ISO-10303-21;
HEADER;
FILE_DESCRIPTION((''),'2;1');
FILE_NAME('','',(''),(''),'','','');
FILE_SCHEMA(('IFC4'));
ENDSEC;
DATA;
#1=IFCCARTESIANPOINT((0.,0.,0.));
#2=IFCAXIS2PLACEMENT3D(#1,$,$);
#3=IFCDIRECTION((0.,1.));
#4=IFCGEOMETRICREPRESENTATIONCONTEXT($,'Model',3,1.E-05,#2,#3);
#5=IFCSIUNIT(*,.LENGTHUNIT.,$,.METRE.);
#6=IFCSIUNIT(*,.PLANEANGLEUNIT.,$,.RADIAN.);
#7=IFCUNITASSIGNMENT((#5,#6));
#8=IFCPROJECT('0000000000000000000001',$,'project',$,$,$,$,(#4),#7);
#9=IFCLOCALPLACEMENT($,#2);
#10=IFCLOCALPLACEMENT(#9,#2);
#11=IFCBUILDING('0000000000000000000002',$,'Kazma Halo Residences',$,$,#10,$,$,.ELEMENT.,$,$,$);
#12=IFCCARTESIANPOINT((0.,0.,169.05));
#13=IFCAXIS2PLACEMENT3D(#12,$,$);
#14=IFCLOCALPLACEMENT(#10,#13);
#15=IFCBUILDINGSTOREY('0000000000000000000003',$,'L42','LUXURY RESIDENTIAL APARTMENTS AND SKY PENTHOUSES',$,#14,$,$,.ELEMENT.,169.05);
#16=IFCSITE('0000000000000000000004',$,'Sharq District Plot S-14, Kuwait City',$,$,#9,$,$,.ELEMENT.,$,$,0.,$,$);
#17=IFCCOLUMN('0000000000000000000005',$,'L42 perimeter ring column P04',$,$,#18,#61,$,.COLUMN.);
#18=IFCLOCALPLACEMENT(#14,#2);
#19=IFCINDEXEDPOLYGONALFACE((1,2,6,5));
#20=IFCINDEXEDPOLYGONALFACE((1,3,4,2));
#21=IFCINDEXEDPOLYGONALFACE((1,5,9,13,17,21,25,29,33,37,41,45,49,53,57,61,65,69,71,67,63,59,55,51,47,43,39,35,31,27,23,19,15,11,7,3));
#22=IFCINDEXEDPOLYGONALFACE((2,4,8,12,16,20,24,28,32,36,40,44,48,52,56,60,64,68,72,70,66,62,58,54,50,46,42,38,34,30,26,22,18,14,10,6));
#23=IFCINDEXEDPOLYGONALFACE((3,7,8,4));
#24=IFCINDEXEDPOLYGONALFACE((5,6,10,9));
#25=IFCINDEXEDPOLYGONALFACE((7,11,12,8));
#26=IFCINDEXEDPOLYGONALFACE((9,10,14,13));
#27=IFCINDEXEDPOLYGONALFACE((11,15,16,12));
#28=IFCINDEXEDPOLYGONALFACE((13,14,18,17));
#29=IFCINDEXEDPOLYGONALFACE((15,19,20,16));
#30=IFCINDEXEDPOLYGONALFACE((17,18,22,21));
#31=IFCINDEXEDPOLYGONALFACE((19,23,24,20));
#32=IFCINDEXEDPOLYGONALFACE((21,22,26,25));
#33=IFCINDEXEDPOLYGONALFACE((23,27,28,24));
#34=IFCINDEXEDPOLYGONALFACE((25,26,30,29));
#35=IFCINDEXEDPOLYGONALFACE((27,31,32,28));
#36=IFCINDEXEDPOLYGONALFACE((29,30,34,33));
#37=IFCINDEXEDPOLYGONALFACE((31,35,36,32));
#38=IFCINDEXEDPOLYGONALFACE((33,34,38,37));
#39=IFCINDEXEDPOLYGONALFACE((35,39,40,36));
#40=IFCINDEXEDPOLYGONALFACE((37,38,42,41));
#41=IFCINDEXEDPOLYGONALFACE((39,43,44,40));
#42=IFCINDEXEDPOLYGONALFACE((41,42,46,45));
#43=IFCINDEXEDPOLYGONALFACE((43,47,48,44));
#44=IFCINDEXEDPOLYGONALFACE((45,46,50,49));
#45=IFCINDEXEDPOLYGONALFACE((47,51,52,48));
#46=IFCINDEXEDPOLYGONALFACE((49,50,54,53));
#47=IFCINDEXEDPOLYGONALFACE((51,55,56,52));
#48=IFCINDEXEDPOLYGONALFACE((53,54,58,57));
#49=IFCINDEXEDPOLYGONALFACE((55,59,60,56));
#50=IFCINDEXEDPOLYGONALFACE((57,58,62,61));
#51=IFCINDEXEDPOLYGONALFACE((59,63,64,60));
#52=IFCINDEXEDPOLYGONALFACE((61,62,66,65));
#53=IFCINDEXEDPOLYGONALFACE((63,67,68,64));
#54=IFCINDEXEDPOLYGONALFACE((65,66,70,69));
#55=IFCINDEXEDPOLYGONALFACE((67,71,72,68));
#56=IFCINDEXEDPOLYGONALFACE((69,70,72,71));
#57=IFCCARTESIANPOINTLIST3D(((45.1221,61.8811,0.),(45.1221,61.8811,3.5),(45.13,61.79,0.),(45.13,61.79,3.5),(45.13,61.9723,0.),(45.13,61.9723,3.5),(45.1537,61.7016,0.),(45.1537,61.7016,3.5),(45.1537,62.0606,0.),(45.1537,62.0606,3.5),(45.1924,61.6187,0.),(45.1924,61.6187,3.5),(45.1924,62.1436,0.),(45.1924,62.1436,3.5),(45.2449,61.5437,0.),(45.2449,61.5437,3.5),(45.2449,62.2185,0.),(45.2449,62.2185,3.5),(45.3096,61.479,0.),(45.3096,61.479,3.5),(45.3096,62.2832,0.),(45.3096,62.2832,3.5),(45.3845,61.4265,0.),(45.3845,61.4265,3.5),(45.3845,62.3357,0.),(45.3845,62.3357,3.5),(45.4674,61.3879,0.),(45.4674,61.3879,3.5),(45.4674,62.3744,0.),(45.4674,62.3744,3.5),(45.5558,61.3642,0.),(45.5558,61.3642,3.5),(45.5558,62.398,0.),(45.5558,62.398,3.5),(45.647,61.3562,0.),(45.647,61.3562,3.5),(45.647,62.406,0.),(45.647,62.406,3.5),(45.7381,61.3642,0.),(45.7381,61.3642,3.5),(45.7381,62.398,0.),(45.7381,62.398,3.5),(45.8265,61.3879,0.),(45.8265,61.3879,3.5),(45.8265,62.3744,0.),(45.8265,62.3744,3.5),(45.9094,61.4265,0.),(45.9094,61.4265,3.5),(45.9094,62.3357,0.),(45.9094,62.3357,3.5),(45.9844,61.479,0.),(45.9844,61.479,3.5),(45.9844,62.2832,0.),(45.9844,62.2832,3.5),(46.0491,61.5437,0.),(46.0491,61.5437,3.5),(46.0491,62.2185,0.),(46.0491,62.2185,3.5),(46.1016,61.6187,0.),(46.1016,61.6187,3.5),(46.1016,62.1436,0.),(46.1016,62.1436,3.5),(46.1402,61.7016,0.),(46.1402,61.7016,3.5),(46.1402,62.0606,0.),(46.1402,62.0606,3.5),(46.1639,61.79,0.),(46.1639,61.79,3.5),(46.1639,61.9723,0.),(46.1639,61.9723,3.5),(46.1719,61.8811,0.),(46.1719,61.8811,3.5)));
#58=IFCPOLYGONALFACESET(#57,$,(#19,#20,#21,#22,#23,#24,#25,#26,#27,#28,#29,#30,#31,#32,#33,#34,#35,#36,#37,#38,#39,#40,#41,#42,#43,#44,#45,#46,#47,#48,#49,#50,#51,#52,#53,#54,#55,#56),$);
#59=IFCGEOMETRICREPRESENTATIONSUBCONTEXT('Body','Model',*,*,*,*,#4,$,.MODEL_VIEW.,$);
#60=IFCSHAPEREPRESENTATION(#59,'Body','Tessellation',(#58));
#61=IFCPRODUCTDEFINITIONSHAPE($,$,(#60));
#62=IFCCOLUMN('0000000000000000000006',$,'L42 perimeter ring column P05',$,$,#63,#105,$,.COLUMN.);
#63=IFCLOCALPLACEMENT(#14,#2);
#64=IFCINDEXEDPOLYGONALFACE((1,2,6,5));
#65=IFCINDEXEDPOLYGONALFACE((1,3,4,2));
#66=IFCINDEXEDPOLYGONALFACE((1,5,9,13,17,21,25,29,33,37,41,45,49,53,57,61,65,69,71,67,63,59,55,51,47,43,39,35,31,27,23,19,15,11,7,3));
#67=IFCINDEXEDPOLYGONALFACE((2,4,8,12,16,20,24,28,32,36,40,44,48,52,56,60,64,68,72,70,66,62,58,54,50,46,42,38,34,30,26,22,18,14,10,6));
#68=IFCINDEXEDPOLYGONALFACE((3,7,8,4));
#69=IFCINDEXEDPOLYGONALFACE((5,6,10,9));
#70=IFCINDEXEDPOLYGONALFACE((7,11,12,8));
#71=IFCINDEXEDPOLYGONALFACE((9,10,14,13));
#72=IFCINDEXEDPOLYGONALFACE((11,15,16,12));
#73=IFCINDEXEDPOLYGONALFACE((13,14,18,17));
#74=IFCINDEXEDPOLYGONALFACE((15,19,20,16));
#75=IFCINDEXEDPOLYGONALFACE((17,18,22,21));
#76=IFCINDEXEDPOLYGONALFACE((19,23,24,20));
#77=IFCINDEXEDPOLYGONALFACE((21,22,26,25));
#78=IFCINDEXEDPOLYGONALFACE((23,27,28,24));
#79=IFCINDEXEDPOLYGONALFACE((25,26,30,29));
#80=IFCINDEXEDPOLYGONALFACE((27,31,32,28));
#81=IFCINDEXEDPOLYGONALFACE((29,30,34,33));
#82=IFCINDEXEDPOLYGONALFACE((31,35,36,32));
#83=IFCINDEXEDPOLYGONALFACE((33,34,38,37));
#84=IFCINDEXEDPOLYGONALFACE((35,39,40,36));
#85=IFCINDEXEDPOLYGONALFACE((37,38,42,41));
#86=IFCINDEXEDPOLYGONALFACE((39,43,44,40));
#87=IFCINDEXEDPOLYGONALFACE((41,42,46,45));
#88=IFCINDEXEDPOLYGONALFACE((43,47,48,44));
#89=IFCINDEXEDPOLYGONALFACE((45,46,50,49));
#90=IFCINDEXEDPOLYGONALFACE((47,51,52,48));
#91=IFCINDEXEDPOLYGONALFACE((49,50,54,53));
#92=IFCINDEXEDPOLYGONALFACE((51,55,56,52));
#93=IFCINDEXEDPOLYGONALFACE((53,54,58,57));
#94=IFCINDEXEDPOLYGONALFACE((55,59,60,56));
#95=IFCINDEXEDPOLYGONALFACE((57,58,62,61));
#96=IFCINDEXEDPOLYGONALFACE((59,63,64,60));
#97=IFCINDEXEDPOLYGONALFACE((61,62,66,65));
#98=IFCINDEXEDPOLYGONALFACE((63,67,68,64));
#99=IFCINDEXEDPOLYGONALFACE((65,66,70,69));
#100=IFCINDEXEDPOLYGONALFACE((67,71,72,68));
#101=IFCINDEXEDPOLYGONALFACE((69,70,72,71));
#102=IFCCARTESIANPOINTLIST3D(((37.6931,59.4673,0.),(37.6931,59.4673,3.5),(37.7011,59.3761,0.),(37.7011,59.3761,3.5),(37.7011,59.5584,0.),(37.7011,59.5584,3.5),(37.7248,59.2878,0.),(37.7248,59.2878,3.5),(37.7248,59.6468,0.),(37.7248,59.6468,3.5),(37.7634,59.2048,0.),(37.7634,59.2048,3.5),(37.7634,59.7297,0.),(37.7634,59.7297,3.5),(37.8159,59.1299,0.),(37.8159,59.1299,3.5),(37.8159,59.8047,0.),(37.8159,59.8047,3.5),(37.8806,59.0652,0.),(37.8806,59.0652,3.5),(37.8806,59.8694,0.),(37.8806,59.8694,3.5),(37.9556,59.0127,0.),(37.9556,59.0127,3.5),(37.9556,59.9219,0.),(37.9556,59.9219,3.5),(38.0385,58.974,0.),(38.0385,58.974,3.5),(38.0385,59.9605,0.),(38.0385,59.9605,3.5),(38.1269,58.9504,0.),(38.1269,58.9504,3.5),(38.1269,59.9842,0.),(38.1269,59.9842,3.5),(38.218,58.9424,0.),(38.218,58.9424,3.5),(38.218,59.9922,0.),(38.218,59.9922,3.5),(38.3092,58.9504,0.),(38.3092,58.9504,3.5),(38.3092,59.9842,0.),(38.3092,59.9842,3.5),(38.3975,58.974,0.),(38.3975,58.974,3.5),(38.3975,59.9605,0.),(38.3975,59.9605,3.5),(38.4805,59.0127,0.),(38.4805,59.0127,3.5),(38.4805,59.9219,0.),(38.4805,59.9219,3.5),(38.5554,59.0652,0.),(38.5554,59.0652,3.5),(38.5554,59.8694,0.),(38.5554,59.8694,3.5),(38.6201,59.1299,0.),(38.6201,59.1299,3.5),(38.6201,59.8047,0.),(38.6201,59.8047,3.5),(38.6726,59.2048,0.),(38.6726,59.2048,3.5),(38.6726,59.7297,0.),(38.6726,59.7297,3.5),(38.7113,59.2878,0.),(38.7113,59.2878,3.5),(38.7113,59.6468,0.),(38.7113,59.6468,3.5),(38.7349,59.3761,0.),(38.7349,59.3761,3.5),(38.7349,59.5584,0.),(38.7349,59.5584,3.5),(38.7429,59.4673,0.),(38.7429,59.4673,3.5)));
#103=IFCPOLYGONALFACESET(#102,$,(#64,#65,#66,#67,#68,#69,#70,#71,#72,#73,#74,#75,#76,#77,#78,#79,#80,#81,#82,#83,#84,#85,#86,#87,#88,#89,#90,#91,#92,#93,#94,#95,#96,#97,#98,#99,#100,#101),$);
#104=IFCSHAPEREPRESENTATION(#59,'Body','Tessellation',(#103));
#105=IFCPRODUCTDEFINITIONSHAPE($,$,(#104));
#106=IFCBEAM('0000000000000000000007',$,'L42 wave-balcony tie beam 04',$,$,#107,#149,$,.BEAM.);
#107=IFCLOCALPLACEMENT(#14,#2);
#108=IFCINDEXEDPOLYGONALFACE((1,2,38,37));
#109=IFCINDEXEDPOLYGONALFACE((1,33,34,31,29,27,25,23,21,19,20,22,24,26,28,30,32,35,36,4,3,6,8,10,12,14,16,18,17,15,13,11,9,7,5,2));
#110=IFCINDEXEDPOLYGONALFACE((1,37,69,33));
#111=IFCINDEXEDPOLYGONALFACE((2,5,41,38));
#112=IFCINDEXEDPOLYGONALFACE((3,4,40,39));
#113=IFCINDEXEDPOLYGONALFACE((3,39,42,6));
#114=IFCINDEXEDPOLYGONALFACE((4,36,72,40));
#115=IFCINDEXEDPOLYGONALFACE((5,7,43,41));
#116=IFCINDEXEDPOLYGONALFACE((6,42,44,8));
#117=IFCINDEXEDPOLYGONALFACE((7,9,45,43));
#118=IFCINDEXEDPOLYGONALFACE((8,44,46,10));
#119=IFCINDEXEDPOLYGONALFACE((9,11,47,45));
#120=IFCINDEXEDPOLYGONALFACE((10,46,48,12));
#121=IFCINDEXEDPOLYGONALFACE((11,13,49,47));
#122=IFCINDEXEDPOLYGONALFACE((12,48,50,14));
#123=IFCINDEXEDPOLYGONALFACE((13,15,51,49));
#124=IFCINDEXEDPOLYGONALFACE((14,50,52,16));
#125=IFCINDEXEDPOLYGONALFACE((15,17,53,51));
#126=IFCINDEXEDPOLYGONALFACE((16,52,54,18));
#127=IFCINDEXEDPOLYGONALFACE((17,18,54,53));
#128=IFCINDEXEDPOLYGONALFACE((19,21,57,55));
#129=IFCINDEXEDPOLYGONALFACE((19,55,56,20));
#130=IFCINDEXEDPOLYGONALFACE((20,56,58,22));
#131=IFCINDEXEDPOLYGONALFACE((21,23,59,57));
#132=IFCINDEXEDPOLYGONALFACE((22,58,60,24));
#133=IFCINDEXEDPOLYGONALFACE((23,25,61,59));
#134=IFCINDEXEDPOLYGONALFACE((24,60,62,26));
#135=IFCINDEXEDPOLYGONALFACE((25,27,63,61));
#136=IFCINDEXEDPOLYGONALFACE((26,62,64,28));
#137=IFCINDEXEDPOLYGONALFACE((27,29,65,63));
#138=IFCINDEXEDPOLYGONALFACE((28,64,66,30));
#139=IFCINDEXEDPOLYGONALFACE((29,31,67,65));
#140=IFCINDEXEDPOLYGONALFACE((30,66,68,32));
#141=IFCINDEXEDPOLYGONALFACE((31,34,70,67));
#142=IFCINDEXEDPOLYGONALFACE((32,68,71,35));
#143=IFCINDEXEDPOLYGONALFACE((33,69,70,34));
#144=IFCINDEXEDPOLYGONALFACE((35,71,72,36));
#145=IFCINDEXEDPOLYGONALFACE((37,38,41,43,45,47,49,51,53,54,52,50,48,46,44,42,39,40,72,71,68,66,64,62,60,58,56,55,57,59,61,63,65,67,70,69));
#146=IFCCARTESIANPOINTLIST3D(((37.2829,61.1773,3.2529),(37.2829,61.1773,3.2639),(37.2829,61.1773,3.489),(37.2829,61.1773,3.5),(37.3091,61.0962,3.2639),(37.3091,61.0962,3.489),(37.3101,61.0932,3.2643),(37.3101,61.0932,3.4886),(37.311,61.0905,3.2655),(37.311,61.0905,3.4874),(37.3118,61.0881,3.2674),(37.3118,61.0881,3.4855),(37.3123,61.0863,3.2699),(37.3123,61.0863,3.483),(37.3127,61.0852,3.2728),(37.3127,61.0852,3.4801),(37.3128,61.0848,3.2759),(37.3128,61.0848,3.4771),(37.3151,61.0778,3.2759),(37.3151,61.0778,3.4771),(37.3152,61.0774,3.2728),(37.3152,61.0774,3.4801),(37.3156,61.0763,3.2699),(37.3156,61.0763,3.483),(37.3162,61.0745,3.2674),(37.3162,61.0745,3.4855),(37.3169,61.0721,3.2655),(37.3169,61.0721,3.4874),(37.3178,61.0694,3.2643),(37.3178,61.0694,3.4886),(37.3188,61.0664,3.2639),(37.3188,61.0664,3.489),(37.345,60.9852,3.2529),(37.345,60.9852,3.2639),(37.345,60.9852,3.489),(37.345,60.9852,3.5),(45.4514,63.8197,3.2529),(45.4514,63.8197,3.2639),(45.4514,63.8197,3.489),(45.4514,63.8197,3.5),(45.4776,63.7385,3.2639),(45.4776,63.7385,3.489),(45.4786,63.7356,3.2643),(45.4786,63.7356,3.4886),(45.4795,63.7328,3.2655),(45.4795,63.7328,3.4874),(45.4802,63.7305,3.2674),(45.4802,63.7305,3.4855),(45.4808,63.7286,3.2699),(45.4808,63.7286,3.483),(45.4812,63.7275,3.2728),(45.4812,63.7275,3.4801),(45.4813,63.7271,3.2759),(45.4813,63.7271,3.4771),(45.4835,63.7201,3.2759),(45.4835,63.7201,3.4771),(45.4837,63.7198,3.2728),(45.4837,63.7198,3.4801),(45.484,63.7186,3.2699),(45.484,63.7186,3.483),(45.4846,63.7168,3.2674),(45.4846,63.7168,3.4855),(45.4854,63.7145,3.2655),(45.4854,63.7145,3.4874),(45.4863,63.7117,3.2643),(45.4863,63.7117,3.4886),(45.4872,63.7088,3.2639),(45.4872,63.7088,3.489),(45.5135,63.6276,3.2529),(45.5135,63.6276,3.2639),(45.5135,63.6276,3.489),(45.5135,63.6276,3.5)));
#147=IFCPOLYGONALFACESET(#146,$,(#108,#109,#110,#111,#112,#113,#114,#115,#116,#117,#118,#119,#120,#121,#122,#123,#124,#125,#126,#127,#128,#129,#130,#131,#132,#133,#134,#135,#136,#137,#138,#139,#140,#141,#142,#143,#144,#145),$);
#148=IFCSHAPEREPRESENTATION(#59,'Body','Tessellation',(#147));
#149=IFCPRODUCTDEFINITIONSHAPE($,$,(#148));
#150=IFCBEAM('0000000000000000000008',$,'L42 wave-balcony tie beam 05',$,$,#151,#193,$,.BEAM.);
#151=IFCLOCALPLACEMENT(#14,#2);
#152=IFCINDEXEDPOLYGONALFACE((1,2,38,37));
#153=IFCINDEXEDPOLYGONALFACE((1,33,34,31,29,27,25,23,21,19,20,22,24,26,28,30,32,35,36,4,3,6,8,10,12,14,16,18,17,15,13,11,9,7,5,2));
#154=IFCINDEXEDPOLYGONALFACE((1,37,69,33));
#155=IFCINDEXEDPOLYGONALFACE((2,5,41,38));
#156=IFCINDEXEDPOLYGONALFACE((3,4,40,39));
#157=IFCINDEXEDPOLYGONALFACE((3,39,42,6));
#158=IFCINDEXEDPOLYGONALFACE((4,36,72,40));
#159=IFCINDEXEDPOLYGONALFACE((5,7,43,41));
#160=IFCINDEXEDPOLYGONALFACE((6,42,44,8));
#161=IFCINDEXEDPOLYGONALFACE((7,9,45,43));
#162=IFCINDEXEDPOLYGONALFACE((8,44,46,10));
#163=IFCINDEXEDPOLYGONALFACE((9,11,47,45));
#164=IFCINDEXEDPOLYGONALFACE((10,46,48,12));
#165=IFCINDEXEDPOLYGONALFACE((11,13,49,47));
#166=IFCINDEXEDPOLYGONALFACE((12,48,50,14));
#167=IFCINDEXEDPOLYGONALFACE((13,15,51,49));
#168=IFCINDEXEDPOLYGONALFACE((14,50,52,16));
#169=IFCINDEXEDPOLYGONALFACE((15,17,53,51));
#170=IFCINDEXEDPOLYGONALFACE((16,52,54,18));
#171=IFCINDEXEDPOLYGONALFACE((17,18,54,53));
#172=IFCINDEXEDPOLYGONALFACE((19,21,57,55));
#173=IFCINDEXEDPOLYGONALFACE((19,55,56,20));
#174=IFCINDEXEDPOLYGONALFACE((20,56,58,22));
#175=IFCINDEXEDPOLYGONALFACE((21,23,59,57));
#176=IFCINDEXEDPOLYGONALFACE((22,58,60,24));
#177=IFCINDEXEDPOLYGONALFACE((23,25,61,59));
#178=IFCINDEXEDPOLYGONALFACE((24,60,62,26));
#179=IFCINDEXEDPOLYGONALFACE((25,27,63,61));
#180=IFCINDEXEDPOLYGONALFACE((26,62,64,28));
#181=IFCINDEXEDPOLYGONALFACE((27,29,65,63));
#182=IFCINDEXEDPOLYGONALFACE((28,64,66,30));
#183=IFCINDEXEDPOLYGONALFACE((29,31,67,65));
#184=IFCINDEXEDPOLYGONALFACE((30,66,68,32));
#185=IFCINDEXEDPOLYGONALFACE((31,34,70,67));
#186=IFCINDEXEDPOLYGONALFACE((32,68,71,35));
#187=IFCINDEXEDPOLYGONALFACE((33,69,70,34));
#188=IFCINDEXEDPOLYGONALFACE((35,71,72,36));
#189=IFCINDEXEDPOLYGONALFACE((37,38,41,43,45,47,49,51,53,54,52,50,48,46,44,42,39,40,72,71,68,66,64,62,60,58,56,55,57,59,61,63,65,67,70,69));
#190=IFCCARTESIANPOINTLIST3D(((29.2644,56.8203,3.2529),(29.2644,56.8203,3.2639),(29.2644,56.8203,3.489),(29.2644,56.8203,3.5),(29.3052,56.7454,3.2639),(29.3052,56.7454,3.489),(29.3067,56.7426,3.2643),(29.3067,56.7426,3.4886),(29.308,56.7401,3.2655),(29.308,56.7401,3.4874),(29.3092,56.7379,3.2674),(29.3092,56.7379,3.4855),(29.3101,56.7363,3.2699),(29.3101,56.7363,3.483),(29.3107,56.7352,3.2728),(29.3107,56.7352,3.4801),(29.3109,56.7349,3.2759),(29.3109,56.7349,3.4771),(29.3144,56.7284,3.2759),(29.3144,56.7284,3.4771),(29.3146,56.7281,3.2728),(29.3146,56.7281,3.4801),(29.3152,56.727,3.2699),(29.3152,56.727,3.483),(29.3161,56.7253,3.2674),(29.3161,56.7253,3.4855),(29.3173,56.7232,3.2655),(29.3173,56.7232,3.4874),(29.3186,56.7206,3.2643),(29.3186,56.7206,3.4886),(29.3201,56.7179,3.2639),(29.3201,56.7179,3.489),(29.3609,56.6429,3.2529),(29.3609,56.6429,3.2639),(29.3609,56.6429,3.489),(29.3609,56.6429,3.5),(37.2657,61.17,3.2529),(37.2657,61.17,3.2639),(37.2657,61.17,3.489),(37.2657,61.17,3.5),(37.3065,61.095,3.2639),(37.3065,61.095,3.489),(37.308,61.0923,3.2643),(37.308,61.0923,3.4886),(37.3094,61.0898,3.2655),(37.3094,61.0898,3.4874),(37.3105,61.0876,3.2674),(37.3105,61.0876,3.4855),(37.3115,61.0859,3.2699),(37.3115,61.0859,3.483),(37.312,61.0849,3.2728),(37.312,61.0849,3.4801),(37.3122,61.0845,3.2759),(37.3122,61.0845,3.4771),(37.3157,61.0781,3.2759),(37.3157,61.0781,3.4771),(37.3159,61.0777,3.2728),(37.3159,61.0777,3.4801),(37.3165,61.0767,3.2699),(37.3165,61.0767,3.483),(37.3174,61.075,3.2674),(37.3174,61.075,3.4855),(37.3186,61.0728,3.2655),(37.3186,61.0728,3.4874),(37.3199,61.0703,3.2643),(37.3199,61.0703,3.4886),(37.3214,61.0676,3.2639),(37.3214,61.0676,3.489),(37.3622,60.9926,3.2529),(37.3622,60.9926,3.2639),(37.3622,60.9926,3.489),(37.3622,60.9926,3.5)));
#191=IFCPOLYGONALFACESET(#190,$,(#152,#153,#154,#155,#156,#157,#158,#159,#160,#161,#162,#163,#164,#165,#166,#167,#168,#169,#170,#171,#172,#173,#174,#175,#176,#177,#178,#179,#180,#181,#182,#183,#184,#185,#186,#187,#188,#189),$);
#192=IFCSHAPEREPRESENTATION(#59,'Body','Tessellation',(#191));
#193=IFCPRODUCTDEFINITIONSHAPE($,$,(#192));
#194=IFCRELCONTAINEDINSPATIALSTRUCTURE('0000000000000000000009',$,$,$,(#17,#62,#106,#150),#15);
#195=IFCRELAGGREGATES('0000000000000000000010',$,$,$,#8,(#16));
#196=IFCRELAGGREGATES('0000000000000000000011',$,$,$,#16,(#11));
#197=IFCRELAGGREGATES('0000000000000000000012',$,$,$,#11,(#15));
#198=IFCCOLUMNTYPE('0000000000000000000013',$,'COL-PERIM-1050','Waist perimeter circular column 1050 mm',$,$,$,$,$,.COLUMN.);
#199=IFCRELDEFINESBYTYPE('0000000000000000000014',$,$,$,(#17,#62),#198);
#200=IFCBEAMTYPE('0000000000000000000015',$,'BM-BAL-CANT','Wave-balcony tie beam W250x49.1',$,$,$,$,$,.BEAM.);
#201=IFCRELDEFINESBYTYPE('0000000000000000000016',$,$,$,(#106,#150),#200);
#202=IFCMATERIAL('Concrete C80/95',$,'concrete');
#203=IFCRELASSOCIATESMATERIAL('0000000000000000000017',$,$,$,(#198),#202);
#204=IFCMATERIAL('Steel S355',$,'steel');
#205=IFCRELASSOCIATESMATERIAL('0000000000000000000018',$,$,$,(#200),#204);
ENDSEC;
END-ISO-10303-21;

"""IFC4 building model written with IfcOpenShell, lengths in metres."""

from ifc_helpers import new_model, si_unit, direction, frame, origin, origin_2d, place, context, subcontext, project, spatial, circle, i_section, extrude, material, material_profile, profile_set, type_object, element, save


model = new_model("IFC4")

# Units and contexts
model_context = context("Model", 3, precision=1e-05, world=origin(), true_north=direction((0.0, 1.0)))
body_context = subcontext(model_context, "Body", "Model", "MODEL_VIEW")
ifc_project = project(units=[si_unit("LENGTHUNIT", "METRE"), si_unit("PLANEANGLEUNIT", "RADIAN")], contexts=[model_context])

# Site, building, storey
site_placement = place(None, origin())
site = spatial("IfcSite", under=ifc_project, at=site_placement, Name="Sharq District Plot S-14, Kuwait City", CompositionType="ELEMENT", RefElevation=0.0)
building_placement = place(site_placement, origin())
building = spatial("IfcBuilding", under=site, at=building_placement, Name="Kazma Halo Residences", CompositionType="ELEMENT")
storey_placement = place(building_placement, frame((0.0, 0.0, 169.05)))
storey = spatial("IfcBuildingStorey", under=building, at=storey_placement, Name="L42", Description="LUXURY RESIDENTIAL APARTMENTS AND SKY PENTHOUSES", CompositionType="ELEMENT", Elevation=169.05)

# Columns
ifc_material_1 = material(Name="Concrete C80/95", Category="concrete")
ifc_material_profile_1 = material_profile(ifc_material_1, circle(Radius=0.5249, at=origin_2d()), Name="CIRC1050")
ifc_profile_set_1 = profile_set([ifc_material_profile_1], Name="Concrete C80/95")
column_type = type_object("IfcColumnType", Name="COL-PERIM-1050", Description="Waist perimeter circular column 1050 mm", PredefinedType="COLUMN", material=ifc_profile_set_1)
for number, where, z_axis, x_axis, name in (
    (1, (45.647, 61.8811, 0.0), (0.0, 0.0, 1.0), (1.0, 0.0, 0.0), "L42 perimeter ring column P04"),
    (2, (38.218, 59.4673, 0.0), (0.0, 0.0, 1.0), (1.0, 0.0, 0.0), "L42 perimeter ring column P05"),
):
    element("IfcColumn", number, at=place(storey_placement, frame(where, z_axis=z_axis, x_axis=x_axis)), inside=storey, type_object=column_type, Name=name, PredefinedType="COLUMN", context=body_context, shape_type="SweptSolid", body=[
        extrude(circle(Radius=0.5249, at=origin_2d()), origin(), (0.0, 0.0, 1.0), 3.5),
    ])

# Beams
ifc_material_2 = material(Name="Steel S355", Category="steel")
ifc_material_profile_2 = material_profile(ifc_material_2, i_section(OverallWidth=0.2019, OverallDepth=0.2471, WebThickness=0.0073, FlangeThickness=0.011, FilletRadius=0.012, at=origin_2d()), Name="W250x49.1")
ifc_profile_set_2 = profile_set([ifc_material_profile_2], Name="Steel S355")
beam_type_1 = type_object("IfcBeamType", Name="BM-BAL-CANT", Description="Wave-balcony tie beam W250x49.1", PredefinedType="BEAM", material=ifc_profile_set_2)
beam_1_placement = place(storey_placement, frame((45.4824, 63.7236, 3.3765), z_axis=(-0.951458, -0.307778, 0.0), x_axis=(0.307778, -0.951458, 0.0)))
element("IfcBeam", 3, at=beam_1_placement, inside=storey, type_object=beam_type_1, Name="L42 wave-balcony tie beam 04", PredefinedType="BEAM", context=body_context, shape_type="SweptSolid", body=[
    extrude(i_section(OverallWidth=0.2019, OverallDepth=0.2471, WebThickness=0.0073, FlangeThickness=0.011, FilletRadius=0.012, at=origin_2d()), origin(), (0.0, 0.0, 1.0), 8.5852),
])
beam_2_placement = place(storey_placement, frame((37.314, 61.0813, 3.3765), z_axis=(-0.878573, -0.477608, 0.0), x_axis=(0.477608, -0.878573, 0.0)))
element("IfcBeam", 4, at=beam_2_placement, inside=storey, type_object=beam_type_1, Name="L42 wave-balcony tie beam 05", PredefinedType="BEAM", context=body_context, shape_type="SweptSolid", body=[
    extrude(i_section(OverallWidth=0.2019, OverallDepth=0.2471, WebThickness=0.0073, FlangeThickness=0.011, FilletRadius=0.012, at=origin_2d()), origin(), (0.0, 0.0, 1.0), 9.1072),
])

save(model, "model.ifc")
